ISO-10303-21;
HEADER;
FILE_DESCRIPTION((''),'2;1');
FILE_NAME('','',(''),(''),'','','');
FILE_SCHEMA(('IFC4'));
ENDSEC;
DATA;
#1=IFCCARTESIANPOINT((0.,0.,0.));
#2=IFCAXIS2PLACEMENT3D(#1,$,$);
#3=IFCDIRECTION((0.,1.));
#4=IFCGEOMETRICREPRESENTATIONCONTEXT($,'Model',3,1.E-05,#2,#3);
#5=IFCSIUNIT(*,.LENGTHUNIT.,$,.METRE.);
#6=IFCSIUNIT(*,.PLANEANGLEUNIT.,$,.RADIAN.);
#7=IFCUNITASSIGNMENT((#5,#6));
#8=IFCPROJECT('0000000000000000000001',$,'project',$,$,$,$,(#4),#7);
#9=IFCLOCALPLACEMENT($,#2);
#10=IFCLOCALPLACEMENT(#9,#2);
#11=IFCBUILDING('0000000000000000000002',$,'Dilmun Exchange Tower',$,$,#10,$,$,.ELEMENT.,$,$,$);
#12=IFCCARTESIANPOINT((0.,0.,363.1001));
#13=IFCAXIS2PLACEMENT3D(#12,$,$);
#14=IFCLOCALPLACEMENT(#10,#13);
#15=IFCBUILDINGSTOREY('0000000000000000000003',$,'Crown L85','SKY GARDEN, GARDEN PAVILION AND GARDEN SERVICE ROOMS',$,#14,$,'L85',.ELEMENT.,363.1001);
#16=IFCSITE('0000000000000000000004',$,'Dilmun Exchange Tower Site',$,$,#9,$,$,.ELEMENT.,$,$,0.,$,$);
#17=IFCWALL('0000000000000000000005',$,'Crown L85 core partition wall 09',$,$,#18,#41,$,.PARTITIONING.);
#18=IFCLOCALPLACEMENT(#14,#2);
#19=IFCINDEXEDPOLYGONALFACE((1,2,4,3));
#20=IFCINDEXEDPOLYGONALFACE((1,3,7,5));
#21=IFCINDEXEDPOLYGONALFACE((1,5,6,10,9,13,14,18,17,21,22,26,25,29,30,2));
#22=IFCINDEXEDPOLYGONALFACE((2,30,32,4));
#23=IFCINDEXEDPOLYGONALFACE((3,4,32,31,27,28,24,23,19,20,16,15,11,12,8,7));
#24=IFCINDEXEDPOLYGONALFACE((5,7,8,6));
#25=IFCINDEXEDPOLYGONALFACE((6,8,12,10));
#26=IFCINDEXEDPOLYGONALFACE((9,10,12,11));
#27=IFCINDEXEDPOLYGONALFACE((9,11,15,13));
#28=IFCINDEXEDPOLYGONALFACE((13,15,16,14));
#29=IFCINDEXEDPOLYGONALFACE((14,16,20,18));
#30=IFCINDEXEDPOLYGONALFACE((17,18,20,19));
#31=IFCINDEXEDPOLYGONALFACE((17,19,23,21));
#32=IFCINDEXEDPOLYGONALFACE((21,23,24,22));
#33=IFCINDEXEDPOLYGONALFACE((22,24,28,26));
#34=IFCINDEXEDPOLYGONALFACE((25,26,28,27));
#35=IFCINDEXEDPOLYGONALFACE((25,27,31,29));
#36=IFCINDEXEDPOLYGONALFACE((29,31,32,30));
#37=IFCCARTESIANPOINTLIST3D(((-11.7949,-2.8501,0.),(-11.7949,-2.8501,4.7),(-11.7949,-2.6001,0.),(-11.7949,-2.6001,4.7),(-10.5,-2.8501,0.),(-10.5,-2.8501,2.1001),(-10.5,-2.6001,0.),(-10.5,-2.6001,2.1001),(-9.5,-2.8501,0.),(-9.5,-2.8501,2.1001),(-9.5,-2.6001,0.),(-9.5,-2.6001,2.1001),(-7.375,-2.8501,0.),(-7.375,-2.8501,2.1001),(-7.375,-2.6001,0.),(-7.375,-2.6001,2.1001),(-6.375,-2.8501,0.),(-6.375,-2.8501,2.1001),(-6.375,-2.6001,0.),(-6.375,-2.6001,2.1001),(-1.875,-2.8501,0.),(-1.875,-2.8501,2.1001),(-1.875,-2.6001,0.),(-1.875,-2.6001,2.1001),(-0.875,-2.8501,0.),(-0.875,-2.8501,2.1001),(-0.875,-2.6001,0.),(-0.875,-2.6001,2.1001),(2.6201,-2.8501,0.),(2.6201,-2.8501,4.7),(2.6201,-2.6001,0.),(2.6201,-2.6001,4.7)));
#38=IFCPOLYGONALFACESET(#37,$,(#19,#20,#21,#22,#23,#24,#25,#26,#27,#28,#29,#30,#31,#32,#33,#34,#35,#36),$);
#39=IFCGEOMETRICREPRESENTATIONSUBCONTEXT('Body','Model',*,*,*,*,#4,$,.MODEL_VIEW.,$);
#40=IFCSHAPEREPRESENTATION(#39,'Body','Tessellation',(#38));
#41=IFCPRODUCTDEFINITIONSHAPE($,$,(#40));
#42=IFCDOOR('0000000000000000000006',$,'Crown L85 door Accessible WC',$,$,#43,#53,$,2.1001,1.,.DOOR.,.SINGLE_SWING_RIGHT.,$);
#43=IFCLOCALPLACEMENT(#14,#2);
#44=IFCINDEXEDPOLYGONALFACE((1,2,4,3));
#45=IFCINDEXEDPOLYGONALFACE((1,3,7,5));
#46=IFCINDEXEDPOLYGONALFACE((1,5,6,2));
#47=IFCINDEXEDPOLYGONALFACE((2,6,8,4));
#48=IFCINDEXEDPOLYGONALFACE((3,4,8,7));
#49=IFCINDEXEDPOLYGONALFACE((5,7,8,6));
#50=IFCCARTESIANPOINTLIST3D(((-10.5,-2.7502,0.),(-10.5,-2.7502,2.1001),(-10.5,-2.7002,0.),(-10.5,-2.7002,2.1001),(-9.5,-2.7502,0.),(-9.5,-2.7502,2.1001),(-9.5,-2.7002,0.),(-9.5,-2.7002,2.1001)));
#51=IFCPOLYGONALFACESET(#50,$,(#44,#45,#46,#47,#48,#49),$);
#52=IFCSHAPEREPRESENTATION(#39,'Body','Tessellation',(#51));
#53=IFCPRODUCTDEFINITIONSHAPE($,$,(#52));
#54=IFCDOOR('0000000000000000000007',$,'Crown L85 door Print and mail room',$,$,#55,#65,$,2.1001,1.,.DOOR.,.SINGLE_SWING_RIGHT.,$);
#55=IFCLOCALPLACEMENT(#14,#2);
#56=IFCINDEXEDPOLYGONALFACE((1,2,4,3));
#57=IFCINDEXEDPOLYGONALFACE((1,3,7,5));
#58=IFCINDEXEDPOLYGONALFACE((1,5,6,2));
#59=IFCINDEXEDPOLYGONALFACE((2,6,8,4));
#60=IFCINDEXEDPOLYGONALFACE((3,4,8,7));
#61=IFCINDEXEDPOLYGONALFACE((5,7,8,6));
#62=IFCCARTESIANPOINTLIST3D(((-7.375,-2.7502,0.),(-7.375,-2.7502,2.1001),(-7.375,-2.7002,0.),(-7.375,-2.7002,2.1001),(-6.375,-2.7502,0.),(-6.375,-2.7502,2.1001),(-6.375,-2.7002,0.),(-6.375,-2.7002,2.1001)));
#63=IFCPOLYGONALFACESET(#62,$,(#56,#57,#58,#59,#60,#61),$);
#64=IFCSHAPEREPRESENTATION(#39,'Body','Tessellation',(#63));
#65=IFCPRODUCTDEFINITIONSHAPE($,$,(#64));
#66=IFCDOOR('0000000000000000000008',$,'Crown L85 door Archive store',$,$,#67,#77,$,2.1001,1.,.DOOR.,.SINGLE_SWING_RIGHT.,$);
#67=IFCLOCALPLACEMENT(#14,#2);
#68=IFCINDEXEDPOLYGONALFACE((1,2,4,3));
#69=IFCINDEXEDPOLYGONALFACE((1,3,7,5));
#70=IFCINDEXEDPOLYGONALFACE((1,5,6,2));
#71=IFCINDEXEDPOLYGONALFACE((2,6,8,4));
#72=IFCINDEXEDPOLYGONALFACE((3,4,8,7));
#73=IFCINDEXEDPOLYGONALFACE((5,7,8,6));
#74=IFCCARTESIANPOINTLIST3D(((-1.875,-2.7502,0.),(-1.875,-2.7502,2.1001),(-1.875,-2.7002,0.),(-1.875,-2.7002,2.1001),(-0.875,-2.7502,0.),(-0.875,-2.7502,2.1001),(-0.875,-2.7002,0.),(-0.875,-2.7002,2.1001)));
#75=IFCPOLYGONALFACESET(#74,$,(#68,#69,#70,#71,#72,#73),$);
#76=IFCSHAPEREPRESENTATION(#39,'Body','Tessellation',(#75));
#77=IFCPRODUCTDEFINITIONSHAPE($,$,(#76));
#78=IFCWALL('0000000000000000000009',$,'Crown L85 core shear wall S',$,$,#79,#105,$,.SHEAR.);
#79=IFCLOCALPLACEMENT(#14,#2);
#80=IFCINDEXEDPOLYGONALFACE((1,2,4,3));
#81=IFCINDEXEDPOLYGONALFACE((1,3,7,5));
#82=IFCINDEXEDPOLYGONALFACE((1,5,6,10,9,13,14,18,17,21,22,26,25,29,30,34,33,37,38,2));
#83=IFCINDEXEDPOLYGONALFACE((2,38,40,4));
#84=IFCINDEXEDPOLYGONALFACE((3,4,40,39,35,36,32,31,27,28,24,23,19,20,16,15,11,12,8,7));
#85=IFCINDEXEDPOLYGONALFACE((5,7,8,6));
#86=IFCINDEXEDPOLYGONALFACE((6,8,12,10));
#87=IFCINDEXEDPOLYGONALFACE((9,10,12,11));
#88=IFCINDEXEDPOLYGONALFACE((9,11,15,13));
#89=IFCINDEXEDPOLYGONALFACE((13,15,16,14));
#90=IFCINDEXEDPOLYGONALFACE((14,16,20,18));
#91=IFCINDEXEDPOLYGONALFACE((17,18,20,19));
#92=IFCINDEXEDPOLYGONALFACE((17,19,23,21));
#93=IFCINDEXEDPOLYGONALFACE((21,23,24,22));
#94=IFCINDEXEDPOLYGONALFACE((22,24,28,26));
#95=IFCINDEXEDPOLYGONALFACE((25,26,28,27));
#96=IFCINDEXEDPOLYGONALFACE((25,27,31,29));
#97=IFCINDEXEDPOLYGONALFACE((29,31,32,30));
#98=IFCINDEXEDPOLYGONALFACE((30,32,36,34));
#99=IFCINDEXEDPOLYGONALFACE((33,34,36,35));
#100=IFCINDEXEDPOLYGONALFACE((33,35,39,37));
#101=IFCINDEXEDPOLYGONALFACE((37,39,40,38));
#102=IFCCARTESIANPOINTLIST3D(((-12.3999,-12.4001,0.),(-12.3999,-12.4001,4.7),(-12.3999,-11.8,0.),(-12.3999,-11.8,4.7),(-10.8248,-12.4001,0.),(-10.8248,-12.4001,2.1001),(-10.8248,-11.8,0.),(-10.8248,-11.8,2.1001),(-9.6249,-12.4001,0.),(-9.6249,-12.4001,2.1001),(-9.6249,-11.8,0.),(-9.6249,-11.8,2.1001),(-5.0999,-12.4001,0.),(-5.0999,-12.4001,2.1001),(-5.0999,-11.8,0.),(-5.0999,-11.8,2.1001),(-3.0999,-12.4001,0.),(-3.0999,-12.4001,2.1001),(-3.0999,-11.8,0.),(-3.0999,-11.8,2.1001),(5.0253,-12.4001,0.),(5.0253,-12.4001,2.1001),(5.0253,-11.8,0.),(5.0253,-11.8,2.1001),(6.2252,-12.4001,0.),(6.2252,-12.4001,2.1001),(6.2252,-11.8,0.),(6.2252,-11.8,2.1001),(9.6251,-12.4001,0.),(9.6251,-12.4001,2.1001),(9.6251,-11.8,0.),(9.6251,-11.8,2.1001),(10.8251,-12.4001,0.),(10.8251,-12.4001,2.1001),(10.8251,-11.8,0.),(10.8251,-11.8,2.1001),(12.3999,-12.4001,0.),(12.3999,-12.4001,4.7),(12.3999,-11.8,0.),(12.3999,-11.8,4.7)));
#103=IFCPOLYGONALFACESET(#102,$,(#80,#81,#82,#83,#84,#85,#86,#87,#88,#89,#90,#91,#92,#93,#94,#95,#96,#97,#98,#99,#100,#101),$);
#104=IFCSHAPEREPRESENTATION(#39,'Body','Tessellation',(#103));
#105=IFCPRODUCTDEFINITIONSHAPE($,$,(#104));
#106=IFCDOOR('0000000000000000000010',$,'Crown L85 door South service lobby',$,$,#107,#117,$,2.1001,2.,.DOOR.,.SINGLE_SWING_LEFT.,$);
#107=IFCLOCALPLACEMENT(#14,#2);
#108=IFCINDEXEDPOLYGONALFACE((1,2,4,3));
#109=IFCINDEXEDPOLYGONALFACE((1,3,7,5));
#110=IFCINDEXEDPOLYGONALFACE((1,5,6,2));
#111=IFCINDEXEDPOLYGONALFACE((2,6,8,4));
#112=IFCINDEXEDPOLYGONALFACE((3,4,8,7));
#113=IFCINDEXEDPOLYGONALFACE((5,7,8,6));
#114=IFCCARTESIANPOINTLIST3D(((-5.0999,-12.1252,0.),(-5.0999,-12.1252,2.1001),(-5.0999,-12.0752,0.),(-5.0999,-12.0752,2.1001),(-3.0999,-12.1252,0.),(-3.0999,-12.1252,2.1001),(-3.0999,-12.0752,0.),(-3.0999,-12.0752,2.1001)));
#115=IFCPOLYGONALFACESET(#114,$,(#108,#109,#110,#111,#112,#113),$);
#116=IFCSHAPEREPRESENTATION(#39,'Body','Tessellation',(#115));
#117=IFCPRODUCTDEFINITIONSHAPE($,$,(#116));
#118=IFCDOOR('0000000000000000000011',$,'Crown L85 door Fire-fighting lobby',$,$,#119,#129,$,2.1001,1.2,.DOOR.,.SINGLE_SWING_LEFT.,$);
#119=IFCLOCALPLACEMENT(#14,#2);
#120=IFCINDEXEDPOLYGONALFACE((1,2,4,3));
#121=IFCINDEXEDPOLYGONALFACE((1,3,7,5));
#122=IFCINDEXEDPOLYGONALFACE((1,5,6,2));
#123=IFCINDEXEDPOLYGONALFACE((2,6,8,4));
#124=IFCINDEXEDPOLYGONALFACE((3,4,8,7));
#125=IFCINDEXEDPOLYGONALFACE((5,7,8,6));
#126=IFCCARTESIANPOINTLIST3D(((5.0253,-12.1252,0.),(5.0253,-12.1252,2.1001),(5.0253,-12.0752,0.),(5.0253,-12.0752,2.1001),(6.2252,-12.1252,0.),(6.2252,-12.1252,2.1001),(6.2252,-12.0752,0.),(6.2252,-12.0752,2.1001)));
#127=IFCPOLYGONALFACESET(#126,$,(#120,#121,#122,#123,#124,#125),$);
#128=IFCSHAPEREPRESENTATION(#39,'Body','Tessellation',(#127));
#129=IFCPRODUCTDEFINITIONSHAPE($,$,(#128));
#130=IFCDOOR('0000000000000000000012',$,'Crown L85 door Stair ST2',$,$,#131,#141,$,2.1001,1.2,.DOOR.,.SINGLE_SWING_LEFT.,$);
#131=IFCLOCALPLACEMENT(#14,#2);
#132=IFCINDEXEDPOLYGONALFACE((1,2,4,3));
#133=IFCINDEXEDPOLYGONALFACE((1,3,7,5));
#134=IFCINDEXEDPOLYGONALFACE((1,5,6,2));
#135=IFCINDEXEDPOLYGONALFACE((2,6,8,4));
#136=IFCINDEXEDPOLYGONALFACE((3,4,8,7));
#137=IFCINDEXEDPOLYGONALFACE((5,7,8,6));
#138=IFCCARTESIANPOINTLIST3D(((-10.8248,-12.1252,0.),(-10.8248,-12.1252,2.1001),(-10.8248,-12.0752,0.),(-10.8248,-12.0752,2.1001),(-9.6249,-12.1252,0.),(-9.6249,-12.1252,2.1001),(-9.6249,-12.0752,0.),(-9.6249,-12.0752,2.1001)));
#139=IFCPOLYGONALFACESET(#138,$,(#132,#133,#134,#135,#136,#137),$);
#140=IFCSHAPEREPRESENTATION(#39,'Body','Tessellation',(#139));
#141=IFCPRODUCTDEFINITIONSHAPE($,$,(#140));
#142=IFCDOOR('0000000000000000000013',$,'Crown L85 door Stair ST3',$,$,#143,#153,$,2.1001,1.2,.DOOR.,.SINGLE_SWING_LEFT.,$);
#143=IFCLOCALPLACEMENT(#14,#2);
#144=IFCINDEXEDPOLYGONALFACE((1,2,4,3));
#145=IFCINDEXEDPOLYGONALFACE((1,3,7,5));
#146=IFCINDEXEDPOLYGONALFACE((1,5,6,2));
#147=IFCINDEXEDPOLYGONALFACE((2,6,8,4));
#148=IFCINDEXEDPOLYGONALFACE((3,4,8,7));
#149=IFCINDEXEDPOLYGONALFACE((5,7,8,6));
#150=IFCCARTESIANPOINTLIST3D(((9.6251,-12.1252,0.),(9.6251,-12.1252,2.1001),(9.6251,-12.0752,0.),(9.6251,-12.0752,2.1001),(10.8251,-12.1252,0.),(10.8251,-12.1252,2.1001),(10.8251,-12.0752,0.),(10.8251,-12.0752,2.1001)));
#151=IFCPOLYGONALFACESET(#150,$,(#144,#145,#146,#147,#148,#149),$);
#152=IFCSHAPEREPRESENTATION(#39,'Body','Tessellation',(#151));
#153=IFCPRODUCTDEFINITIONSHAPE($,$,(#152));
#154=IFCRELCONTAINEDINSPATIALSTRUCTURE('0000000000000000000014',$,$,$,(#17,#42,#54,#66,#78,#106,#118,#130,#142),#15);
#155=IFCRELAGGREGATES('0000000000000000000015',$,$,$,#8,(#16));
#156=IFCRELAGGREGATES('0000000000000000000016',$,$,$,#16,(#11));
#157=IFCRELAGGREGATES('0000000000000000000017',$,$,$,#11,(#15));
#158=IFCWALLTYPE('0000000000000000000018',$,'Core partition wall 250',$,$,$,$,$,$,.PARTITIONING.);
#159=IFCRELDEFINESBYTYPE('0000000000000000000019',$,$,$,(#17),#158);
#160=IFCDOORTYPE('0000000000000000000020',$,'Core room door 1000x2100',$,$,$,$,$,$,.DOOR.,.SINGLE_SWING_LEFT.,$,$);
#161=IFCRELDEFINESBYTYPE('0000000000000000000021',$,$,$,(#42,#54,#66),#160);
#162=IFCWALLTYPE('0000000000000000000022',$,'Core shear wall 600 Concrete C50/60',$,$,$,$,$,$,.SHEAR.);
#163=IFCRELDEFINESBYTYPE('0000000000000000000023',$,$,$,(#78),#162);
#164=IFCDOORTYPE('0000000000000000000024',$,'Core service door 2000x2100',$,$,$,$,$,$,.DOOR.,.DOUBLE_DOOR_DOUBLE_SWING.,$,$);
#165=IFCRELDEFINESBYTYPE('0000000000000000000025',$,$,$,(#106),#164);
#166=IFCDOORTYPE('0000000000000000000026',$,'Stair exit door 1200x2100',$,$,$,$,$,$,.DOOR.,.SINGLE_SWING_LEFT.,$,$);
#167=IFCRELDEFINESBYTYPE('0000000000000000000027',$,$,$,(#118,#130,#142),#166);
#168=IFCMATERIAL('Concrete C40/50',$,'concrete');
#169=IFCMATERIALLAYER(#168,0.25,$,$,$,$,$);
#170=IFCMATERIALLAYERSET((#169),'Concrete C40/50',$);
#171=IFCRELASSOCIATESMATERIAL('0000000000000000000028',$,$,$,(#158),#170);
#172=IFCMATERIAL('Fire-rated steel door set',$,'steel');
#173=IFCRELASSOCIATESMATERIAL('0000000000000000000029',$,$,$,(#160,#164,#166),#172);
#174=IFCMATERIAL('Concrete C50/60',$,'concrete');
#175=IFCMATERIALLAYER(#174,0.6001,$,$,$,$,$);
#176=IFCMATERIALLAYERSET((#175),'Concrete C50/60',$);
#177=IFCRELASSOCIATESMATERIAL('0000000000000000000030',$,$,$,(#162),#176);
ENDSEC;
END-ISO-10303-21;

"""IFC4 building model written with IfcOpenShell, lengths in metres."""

from ifc_helpers import new_model, si_unit, direction, frame, frame_2d, origin, place, context, subcontext, project, spatial, rectangle, extrude, material, layer, layer_set, type_object, element, fill, save


model = new_model("IFC4")

# Units and contexts
model_context = context("Model", 3, precision=1e-05, world=origin(), true_north=direction((0.0, 1.0)))
body_context = subcontext(model_context, "Body", "Model", "MODEL_VIEW")
ifc_project = project(units=[si_unit("LENGTHUNIT", "METRE"), si_unit("PLANEANGLEUNIT", "RADIAN")], contexts=[model_context])

# Site, building, storey
site_placement = place(None, origin())
site = spatial("IfcSite", under=ifc_project, at=site_placement, Name="Dilmun Exchange Tower Site", CompositionType="ELEMENT", RefElevation=0.0)
building_placement = place(site_placement, origin())
building = spatial("IfcBuilding", under=site, at=building_placement, Name="Dilmun Exchange Tower", CompositionType="ELEMENT")
storey_placement = place(building_placement, frame((0.0, 0.0, 363.1001)))
storey = spatial("IfcBuildingStorey", under=building, at=storey_placement, Name="Crown L85", Description="SKY GARDEN, GARDEN PAVILION AND GARDEN SERVICE ROOMS", LongName="L85", CompositionType="ELEMENT", Elevation=363.1001)

# Shared definitions
ifc_material_1 = material(Name="Concrete C50/60", Category="concrete")

# Walls, openings, doors
ifc_material_2 = material(Name="Concrete C40/50", Category="concrete")
ifc_layer_1 = layer(ifc_material_2, 0.25)
ifc_layer_set_1 = layer_set([ifc_layer_1], Name="Concrete C40/50")
wall_type_1 = type_object("IfcWallType", Name="Core partition wall 250", PredefinedType="PARTITIONING", material=ifc_layer_set_1)
wall_1_placement = place(storey_placement, frame((-11.7949, -2.7251, 0.0), z_axis=(0.0, 0.0, 1.0), x_axis=(1.0, 0.0, 0.0)))
wall_1 = element("IfcWall", 1, at=wall_1_placement, inside=storey, type_object=wall_type_1, Name="Crown L85 core partition wall 09", PredefinedType="PARTITIONING", context=body_context, shape_type="SweptSolid", body=[
    extrude(rectangle(XDim=14.415, YDim=0.25, at=frame_2d((7.2075, 0.0))), origin(), (0.0, 0.0, 1.0), 4.7),
])
opening_1_placement = place(wall_1_placement, frame((1.2949, 0.0, 0.0)))
opening_1 = element("IfcOpeningElement", 2, at=opening_1_placement, cuts=wall_1, PredefinedType="OPENING", context=body_context, shape_type="SweptSolid", body=[
    extrude(rectangle(XDim=1.0, YDim=2.1001, at=frame_2d((0.5, 1.05))), frame((0.0, 0.135, 0.0), z_axis=(0.0, -1.0, 0.0), x_axis=(1.0, 0.0, 0.0)), (0.0, 0.0, 1.0), 0.27),
])
opening_2_placement = place(wall_1_placement, frame((4.4199, 0.0, 0.0)))
opening_2 = element("IfcOpeningElement", 3, at=opening_2_placement, cuts=wall_1, PredefinedType="OPENING", context=body_context, shape_type="SweptSolid", body=[
    extrude(rectangle(XDim=1.0, YDim=2.1001, at=frame_2d((0.5, 1.05))), frame((0.0, 0.135, 0.0), z_axis=(0.0, -1.0, 0.0), x_axis=(1.0, 0.0, 0.0)), (0.0, 0.0, 1.0), 0.27),
])
opening_3_placement = place(wall_1_placement, frame((9.9199, 0.0, 0.0)))
opening_3 = element("IfcOpeningElement", 4, at=opening_3_placement, cuts=wall_1, PredefinedType="OPENING", context=body_context, shape_type="SweptSolid", body=[
    extrude(rectangle(XDim=1.0, YDim=2.1001, at=frame_2d((0.5, 1.05))), frame((0.0, 0.135, 0.0), z_axis=(0.0, -1.0, 0.0), x_axis=(1.0, 0.0, 0.0)), (0.0, 0.0, 1.0), 0.27),
])
ifc_material_3 = material(Name="Fire-rated steel door set", Category="steel")
door_type_1 = type_object("IfcDoorType", Name="Core room door 1000x2100", OperationType="SINGLE_SWING_LEFT", PredefinedType="DOOR", material=ifc_material_3)
door_1_placement = place(opening_1_placement, origin())
door_1 = element("IfcDoor", 5, at=door_1_placement, inside=storey, type_object=door_type_1, Name="Crown L85 door Accessible WC", OperationType="SINGLE_SWING_RIGHT", OverallHeight=2.1001, OverallWidth=1.0, PredefinedType="DOOR", context=body_context, shape_type="SweptSolid", body=[
    extrude(rectangle(XDim=1.0, YDim=2.1001, at=frame_2d((0.5, 1.05))), frame((0.0, 0.0249, 0.0), z_axis=(0.0, -1.0, 0.0), x_axis=(1.0, 0.0, 0.0)), (0.0, 0.0, 1.0), 0.05),
])
fill(opening_1, door_1)
door_2_placement = place(opening_2_placement, origin())
door_2 = element("IfcDoor", 6, at=door_2_placement, inside=storey, type_object=door_type_1, Name="Crown L85 door Print and mail room", OperationType="SINGLE_SWING_RIGHT", OverallHeight=2.1001, OverallWidth=1.0, PredefinedType="DOOR", context=body_context, shape_type="SweptSolid", body=[
    extrude(rectangle(XDim=1.0, YDim=2.1001, at=frame_2d((0.5, 1.05))), frame((0.0, 0.0249, 0.0), z_axis=(0.0, -1.0, 0.0), x_axis=(1.0, 0.0, 0.0)), (0.0, 0.0, 1.0), 0.05),
])
fill(opening_2, door_2)
door_3_placement = place(opening_3_placement, origin())
door_3 = element("IfcDoor", 7, at=door_3_placement, inside=storey, type_object=door_type_1, Name="Crown L85 door Archive store", OperationType="SINGLE_SWING_RIGHT", OverallHeight=2.1001, OverallWidth=1.0, PredefinedType="DOOR", context=body_context, shape_type="SweptSolid", body=[
    extrude(rectangle(XDim=1.0, YDim=2.1001, at=frame_2d((0.5, 1.05))), frame((0.0, 0.0249, 0.0), z_axis=(0.0, -1.0, 0.0), x_axis=(1.0, 0.0, 0.0)), (0.0, 0.0, 1.0), 0.05),
])
fill(opening_3, door_3)
ifc_layer_2 = layer(ifc_material_1, 0.6001)
ifc_layer_set_2 = layer_set([ifc_layer_2], Name="Concrete C50/60")
wall_type_2 = type_object("IfcWallType", Name="Core shear wall 600 Concrete C50/60", PredefinedType="SHEAR", material=ifc_layer_set_2)
wall_2_placement = place(storey_placement, frame((-12.3999, -12.1001, 0.0), z_axis=(0.0, 0.0, 1.0), x_axis=(1.0, 0.0, 0.0)))
wall_2 = element("IfcWall", 8, at=wall_2_placement, inside=storey, type_object=wall_type_2, Name="Crown L85 core shear wall S", PredefinedType="SHEAR", context=body_context, shape_type="SweptSolid", body=[
    extrude(rectangle(XDim=24.7998, YDim=0.6001, at=frame_2d((12.3999, 0.0))), origin(), (0.0, 0.0, 1.0), 4.7),
])
opening_4_placement = place(wall_2_placement, frame((7.3, 0.0, 0.0)))
opening_4 = element("IfcOpeningElement", 9, at=opening_4_placement, cuts=wall_2, PredefinedType="OPENING", context=body_context, shape_type="SweptSolid", body=[
    extrude(rectangle(XDim=2.0, YDim=2.1001, at=frame_2d((1.0, 1.05))), frame((0.0, 0.3101, 0.0), z_axis=(0.0, -1.0, 0.0), x_axis=(1.0, 0.0, 0.0)), (0.0, 0.0, 1.0), 0.6201),
])
opening_5_placement = place(wall_2_placement, frame((17.425, 0.0, 0.0)))
opening_5 = element("IfcOpeningElement", 10, at=opening_5_placement, cuts=wall_2, PredefinedType="OPENING", context=body_context, shape_type="SweptSolid", body=[
    extrude(rectangle(XDim=1.2, YDim=2.1001, at=frame_2d((0.6001, 1.05))), frame((0.0, 0.3101, 0.0), z_axis=(0.0, -1.0, 0.0), x_axis=(1.0, 0.0, 0.0)), (0.0, 0.0, 1.0), 0.6201),
])
opening_6_placement = place(wall_2_placement, frame((1.575, 0.0, 0.0)))
opening_6 = element("IfcOpeningElement", 11, at=opening_6_placement, cuts=wall_2, PredefinedType="OPENING", context=body_context, shape_type="SweptSolid", body=[
    extrude(rectangle(XDim=1.2, YDim=2.1001, at=frame_2d((0.6001, 1.05))), frame((0.0, 0.3101, 0.0), z_axis=(0.0, -1.0, 0.0), x_axis=(1.0, 0.0, 0.0)), (0.0, 0.0, 1.0), 0.6201),
])
opening_7_placement = place(wall_2_placement, frame((22.0249, 0.0, 0.0)))
opening_7 = element("IfcOpeningElement", 12, at=opening_7_placement, cuts=wall_2, PredefinedType="OPENING", context=body_context, shape_type="SweptSolid", body=[
    extrude(rectangle(XDim=1.2, YDim=2.1001, at=frame_2d((0.6001, 1.05))), frame((0.0, 0.3101, 0.0), z_axis=(0.0, -1.0, 0.0), x_axis=(1.0, 0.0, 0.0)), (0.0, 0.0, 1.0), 0.6201),
])
door_type_2 = type_object("IfcDoorType", Name="Core service door 2000x2100", OperationType="DOUBLE_DOOR_DOUBLE_SWING", PredefinedType="DOOR", material=ifc_material_3)
door_4_placement = place(opening_4_placement, origin())
door_4 = element("IfcDoor", 13, at=door_4_placement, inside=storey, type_object=door_type_2, Name="Crown L85 door South service lobby", OperationType="SINGLE_SWING_LEFT", OverallHeight=2.1001, OverallWidth=2.0, PredefinedType="DOOR", context=body_context, shape_type="SweptSolid", body=[
    extrude(rectangle(XDim=2.0, YDim=2.1001, at=frame_2d((1.0, 1.05))), frame((0.0, 0.0249, 0.0), z_axis=(0.0, -1.0, 0.0), x_axis=(1.0, 0.0, 0.0)), (0.0, 0.0, 1.0), 0.05),
])
fill(opening_4, door_4)
door_type_3 = type_object("IfcDoorType", Name="Stair exit door 1200x2100", OperationType="SINGLE_SWING_LEFT", PredefinedType="DOOR", material=ifc_material_3)
door_5_placement = place(opening_5_placement, origin())
door_5 = element("IfcDoor", 14, at=door_5_placement, inside=storey, type_object=door_type_3, Name="Crown L85 door Fire-fighting lobby", OperationType="SINGLE_SWING_LEFT", OverallHeight=2.1001, OverallWidth=1.2, PredefinedType="DOOR", context=body_context, shape_type="SweptSolid", body=[
    extrude(rectangle(XDim=1.2, YDim=2.1001, at=frame_2d((0.6001, 1.05))), frame((0.0, 0.0249, 0.0), z_axis=(0.0, -1.0, 0.0), x_axis=(1.0, 0.0, 0.0)), (0.0, 0.0, 1.0), 0.05),
])
fill(opening_5, door_5)
door_6_placement = place(opening_6_placement, origin())
door_6 = element("IfcDoor", 15, at=door_6_placement, inside=storey, type_object=door_type_3, Name="Crown L85 door Stair ST2", OperationType="SINGLE_SWING_LEFT", OverallHeight=2.1001, OverallWidth=1.2, PredefinedType="DOOR", context=body_context, shape_type="SweptSolid", body=[
    extrude(rectangle(XDim=1.2, YDim=2.1001, at=frame_2d((0.6001, 1.05))), frame((0.0, 0.0249, 0.0), z_axis=(0.0, -1.0, 0.0), x_axis=(1.0, 0.0, 0.0)), (0.0, 0.0, 1.0), 0.05),
])
fill(opening_6, door_6)
door_7_placement = place(opening_7_placement, origin())
door_7 = element("IfcDoor", 16, at=door_7_placement, inside=storey, type_object=door_type_3, Name="Crown L85 door Stair ST3", OperationType="SINGLE_SWING_LEFT", OverallHeight=2.1001, OverallWidth=1.2, PredefinedType="DOOR", context=body_context, shape_type="SweptSolid", body=[
    extrude(rectangle(XDim=1.2, YDim=2.1001, at=frame_2d((0.6001, 1.05))), frame((0.0, 0.0249, 0.0), z_axis=(0.0, -1.0, 0.0), x_axis=(1.0, 0.0, 0.0)), (0.0, 0.0, 1.0), 0.05),
])
fill(opening_7, door_7)

save(model, "model.ifc")
